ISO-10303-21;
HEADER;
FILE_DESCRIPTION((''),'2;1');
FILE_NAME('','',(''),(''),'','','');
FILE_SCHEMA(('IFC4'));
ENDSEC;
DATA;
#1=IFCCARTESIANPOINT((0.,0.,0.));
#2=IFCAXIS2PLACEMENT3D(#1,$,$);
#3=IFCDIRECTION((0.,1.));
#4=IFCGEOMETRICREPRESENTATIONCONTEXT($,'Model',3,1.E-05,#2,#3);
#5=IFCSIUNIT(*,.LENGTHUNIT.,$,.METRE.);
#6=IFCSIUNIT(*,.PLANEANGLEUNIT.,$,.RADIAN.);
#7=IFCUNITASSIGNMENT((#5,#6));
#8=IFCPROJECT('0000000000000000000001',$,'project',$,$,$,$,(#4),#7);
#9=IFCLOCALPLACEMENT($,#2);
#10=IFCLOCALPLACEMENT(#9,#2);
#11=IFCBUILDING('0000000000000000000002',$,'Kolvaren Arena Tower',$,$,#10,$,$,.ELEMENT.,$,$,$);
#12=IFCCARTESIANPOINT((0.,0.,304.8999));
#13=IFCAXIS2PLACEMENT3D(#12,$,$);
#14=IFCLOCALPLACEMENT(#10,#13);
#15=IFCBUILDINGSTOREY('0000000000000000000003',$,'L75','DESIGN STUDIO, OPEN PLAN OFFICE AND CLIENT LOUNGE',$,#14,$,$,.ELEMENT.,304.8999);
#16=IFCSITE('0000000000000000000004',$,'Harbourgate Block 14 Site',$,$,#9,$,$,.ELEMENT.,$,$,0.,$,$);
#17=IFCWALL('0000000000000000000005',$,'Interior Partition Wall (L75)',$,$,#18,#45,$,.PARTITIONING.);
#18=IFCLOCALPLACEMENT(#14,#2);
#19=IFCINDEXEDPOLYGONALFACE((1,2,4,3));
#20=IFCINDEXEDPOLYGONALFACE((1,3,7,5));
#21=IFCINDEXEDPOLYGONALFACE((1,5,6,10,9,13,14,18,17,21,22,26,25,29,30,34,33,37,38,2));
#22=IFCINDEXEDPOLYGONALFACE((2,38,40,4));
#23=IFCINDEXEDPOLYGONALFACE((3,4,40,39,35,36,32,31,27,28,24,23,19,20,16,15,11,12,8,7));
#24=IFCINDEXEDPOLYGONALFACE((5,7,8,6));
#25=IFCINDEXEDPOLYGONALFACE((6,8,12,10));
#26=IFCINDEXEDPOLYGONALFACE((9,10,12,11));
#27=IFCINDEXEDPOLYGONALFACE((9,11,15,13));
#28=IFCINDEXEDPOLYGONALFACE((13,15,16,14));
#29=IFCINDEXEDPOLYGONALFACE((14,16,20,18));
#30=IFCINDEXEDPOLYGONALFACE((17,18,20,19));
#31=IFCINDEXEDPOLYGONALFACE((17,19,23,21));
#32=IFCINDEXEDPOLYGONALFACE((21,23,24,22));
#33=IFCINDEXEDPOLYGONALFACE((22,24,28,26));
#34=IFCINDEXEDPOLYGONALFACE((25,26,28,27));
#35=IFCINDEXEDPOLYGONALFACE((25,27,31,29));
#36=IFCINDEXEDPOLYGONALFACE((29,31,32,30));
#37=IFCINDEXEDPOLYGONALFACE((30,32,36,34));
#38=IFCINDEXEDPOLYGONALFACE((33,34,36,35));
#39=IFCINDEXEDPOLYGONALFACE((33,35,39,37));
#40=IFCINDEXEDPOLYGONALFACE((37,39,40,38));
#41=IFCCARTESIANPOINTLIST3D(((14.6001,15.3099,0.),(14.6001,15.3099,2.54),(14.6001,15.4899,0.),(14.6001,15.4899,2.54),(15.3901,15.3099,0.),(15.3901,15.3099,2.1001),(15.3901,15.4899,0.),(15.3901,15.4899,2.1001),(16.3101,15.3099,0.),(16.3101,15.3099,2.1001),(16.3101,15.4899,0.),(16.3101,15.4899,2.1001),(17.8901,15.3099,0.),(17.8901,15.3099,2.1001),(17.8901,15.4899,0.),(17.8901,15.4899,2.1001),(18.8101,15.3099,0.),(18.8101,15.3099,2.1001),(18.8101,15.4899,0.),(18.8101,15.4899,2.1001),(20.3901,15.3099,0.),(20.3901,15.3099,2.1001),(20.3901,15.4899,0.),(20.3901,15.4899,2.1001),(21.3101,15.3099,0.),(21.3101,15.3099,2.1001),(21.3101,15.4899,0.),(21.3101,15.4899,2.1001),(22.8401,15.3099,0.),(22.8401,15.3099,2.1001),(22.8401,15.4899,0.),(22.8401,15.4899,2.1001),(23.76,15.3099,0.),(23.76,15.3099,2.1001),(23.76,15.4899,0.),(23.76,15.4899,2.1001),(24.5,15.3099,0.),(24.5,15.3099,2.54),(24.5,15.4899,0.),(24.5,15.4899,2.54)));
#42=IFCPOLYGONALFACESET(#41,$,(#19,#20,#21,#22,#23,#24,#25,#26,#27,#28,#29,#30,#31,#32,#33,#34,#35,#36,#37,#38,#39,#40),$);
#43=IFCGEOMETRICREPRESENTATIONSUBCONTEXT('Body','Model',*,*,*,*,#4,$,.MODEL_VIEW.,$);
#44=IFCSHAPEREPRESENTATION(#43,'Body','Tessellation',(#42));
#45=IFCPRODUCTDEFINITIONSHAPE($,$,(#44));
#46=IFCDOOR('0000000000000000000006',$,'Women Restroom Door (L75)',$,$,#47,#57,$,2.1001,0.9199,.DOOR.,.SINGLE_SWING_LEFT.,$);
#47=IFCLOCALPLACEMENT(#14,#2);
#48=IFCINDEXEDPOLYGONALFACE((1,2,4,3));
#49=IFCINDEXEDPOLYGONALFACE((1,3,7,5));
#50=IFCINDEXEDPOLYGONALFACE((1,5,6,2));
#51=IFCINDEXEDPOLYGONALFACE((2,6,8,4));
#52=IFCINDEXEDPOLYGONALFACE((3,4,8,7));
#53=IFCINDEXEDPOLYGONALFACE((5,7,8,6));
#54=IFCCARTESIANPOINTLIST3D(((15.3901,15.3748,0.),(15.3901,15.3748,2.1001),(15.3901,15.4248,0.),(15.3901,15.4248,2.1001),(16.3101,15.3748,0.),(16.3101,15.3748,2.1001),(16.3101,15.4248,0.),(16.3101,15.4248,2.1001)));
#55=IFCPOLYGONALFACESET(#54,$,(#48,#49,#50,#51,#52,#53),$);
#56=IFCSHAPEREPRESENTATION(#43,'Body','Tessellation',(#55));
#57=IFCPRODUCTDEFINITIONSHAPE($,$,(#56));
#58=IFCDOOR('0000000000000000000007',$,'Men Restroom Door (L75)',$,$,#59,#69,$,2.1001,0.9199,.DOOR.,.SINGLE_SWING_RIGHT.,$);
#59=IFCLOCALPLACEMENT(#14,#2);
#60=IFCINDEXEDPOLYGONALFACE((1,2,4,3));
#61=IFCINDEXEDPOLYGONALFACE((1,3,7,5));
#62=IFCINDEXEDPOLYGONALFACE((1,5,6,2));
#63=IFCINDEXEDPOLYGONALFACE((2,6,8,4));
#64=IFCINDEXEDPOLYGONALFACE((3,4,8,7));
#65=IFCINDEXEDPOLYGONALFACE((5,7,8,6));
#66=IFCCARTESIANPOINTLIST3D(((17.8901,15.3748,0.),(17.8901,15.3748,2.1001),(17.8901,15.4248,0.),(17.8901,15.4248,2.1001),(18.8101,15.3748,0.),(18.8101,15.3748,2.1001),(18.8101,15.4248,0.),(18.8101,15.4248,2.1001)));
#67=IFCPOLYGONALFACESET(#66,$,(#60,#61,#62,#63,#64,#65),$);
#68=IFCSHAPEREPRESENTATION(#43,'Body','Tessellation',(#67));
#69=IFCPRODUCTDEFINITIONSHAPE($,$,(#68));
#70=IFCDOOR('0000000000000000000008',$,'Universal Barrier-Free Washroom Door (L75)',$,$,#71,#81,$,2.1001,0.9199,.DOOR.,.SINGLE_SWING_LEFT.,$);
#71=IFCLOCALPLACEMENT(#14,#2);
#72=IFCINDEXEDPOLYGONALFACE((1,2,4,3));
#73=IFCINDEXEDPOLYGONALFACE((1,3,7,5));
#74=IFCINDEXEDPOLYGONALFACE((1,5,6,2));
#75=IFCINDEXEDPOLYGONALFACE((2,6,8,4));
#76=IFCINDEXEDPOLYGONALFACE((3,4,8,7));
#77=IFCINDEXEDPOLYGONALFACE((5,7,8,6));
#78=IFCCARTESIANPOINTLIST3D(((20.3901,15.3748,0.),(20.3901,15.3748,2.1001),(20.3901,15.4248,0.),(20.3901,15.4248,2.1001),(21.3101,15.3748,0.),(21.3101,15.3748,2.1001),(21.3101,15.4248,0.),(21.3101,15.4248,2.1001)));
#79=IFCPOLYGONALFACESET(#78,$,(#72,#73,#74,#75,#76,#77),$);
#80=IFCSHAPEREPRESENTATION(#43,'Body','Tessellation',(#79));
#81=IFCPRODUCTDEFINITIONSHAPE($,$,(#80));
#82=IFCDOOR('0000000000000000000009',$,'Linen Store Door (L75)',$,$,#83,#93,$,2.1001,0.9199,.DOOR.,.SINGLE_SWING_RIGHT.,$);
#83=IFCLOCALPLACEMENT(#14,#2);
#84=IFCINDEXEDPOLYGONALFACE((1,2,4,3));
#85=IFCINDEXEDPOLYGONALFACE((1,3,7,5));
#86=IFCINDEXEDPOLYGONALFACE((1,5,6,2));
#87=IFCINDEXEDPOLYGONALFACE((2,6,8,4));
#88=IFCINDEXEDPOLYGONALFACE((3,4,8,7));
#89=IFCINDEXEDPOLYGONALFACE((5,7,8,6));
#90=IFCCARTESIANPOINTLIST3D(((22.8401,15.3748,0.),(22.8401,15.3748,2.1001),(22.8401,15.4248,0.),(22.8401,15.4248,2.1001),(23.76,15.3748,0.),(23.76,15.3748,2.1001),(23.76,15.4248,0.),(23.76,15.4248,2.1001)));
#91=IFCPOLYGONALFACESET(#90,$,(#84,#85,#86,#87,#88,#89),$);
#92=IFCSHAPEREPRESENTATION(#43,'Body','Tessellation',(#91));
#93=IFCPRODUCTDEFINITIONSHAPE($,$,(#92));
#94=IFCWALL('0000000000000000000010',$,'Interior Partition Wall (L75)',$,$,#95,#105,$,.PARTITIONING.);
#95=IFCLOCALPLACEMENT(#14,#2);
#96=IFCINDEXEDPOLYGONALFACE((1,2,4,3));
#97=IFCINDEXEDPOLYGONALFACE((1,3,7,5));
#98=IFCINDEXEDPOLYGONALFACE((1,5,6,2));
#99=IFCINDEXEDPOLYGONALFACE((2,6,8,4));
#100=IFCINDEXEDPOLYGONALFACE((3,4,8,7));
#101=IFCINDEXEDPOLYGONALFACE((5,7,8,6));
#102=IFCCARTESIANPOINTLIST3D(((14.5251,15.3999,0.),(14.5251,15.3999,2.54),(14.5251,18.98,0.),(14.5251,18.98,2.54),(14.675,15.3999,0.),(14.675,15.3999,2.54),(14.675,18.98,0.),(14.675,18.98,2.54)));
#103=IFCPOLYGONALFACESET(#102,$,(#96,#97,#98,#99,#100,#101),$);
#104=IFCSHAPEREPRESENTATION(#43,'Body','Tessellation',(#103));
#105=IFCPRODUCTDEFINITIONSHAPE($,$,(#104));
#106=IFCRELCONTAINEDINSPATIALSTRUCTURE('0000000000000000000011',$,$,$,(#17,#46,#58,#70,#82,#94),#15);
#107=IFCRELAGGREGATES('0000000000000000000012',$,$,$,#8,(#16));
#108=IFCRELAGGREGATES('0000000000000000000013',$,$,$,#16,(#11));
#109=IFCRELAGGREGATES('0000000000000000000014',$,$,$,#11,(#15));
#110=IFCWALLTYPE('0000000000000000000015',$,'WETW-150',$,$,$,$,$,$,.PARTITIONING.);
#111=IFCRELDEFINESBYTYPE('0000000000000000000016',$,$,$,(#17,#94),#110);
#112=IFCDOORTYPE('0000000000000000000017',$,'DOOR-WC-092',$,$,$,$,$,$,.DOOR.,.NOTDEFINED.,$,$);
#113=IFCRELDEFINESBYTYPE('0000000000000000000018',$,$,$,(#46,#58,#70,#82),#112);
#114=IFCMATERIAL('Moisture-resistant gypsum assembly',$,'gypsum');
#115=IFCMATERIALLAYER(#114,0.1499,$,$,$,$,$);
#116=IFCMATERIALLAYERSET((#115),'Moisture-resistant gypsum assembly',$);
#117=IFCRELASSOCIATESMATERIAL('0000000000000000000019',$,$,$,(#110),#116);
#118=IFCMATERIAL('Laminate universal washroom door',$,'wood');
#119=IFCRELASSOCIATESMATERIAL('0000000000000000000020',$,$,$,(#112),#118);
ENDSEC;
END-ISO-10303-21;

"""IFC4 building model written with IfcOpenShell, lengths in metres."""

from ifc_helpers import new_model, si_unit, direction, frame, frame_2d, origin, place, context, subcontext, project, spatial, rectangle, extrude, material, layer, layer_set, type_object, element, fill, save


model = new_model("IFC4")

# Units and contexts
model_context = context("Model", 3, precision=1e-05, world=origin(), true_north=direction((0.0, 1.0)))
body_context = subcontext(model_context, "Body", "Model", "MODEL_VIEW")
ifc_project = project(units=[si_unit("LENGTHUNIT", "METRE"), si_unit("PLANEANGLEUNIT", "RADIAN")], contexts=[model_context])

# Site, building, storey
site_placement = place(None, origin())
site = spatial("IfcSite", under=ifc_project, at=site_placement, Name="Harbourgate Block 14 Site", CompositionType="ELEMENT", RefElevation=0.0)
building_placement = place(site_placement, origin())
building = spatial("IfcBuilding", under=site, at=building_placement, Name="Kolvaren Arena Tower", CompositionType="ELEMENT")
storey_placement = place(building_placement, frame((0.0, 0.0, 304.8999)))
storey = spatial("IfcBuildingStorey", under=building, at=storey_placement, Name="L75", Description="DESIGN STUDIO, OPEN PLAN OFFICE AND CLIENT LOUNGE", CompositionType="ELEMENT", Elevation=304.8999)

# Wall, openings, doors
ifc_material_1 = material(Name="Moisture-resistant gypsum assembly", Category="gypsum")
ifc_layer_1 = layer(ifc_material_1, 0.1499)
ifc_layer_set_1 = layer_set([ifc_layer_1], Name="Moisture-resistant gypsum assembly")
wall_type_1 = type_object("IfcWallType", Name="WETW-150", PredefinedType="PARTITIONING", material=ifc_layer_set_1)
wall_1_placement = place(storey_placement, frame((14.6001, 15.3999, 0.0), z_axis=(0.0, 0.0, 1.0), x_axis=(1.0, 0.0, 0.0)))
wall_1 = element("IfcWall", 1, at=wall_1_placement, inside=storey, type_object=wall_type_1, Name="Interior Partition Wall (L75)", PredefinedType="PARTITIONING", context=body_context, shape_type="SweptSolid", body=[
    extrude(rectangle(XDim=9.8999, YDim=0.1799, at=frame_2d((4.95, 0.0))), origin(), (0.0, 0.0, 1.0), 2.54),
])
opening_1_placement = place(wall_1_placement, frame((0.79, 0.0, 0.0)))
opening_1 = element("IfcOpeningElement", 2, at=opening_1_placement, cuts=wall_1, PredefinedType="OPENING", context=body_context, shape_type="SweptSolid", body=[
    extrude(rectangle(XDim=0.9199, YDim=2.1001, at=frame_2d((0.46, 1.05))), frame((0.0, 0.0999, 0.0), z_axis=(0.0, -1.0, 0.0), x_axis=(1.0, 0.0, 0.0)), (0.0, 0.0, 1.0), 0.2),
])
opening_2_placement = place(wall_1_placement, frame((3.29, 0.0, 0.0)))
opening_2 = element("IfcOpeningElement", 3, at=opening_2_placement, cuts=wall_1, PredefinedType="OPENING", context=body_context, shape_type="SweptSolid", body=[
    extrude(rectangle(XDim=0.9199, YDim=2.1001, at=frame_2d((0.46, 1.05))), frame((0.0, 0.0999, 0.0), z_axis=(0.0, -1.0, 0.0), x_axis=(1.0, 0.0, 0.0)), (0.0, 0.0, 1.0), 0.2),
])
opening_3_placement = place(wall_1_placement, frame((5.79, 0.0, 0.0)))
opening_3 = element("IfcOpeningElement", 4, at=opening_3_placement, cuts=wall_1, PredefinedType="OPENING", context=body_context, shape_type="SweptSolid", body=[
    extrude(rectangle(XDim=0.9199, YDim=2.1001, at=frame_2d((0.46, 1.05))), frame((0.0, 0.0999, 0.0), z_axis=(0.0, -1.0, 0.0), x_axis=(1.0, 0.0, 0.0)), (0.0, 0.0, 1.0), 0.2),
])
opening_4_placement = place(wall_1_placement, frame((8.24, 0.0, 0.0)))
opening_4 = element("IfcOpeningElement", 5, at=opening_4_placement, cuts=wall_1, PredefinedType="OPENING", context=body_context, shape_type="SweptSolid", body=[
    extrude(rectangle(XDim=0.9199, YDim=2.1001, at=frame_2d((0.46, 1.05))), frame((0.0, 0.0999, 0.0), z_axis=(0.0, -1.0, 0.0), x_axis=(1.0, 0.0, 0.0)), (0.0, 0.0, 1.0), 0.2),
])
ifc_material_2 = material(Name="Laminate universal washroom door", Category="wood")
door_type_1 = type_object("IfcDoorType", Name="DOOR-WC-092", OperationType="NOTDEFINED", PredefinedType="DOOR", material=ifc_material_2)
door_1_placement = place(opening_1_placement, origin())
door_1 = element("IfcDoor", 6, at=door_1_placement, inside=storey, type_object=door_type_1, Name="Women Restroom Door (L75)", OperationType="SINGLE_SWING_LEFT", OverallHeight=2.1001, OverallWidth=0.9199, PredefinedType="DOOR", context=body_context, shape_type="SweptSolid", body=[
    extrude(rectangle(XDim=0.9199, YDim=2.1001, at=frame_2d((0.46, 1.05))), frame((0.0, 0.0249, 0.0), z_axis=(0.0, -1.0, 0.0), x_axis=(1.0, 0.0, 0.0)), (0.0, 0.0, 1.0), 0.05),
])
fill(opening_1, door_1)
door_2_placement = place(opening_2_placement, origin())
door_2 = element("IfcDoor", 7, at=door_2_placement, inside=storey, type_object=door_type_1, Name="Men Restroom Door (L75)", OperationType="SINGLE_SWING_RIGHT", OverallHeight=2.1001, OverallWidth=0.9199, PredefinedType="DOOR", context=body_context, shape_type="SweptSolid", body=[
    extrude(rectangle(XDim=0.9199, YDim=2.1001, at=frame_2d((0.46, 1.05))), frame((0.0, 0.0249, 0.0), z_axis=(0.0, -1.0, 0.0), x_axis=(1.0, 0.0, 0.0)), (0.0, 0.0, 1.0), 0.05),
])
fill(opening_2, door_2)
door_3_placement = place(opening_3_placement, origin())
door_3 = element("IfcDoor", 8, at=door_3_placement, inside=storey, type_object=door_type_1, Name="Universal Barrier-Free Washroom Door (L75)", OperationType="SINGLE_SWING_LEFT", OverallHeight=2.1001, OverallWidth=0.9199, PredefinedType="DOOR", context=body_context, shape_type="SweptSolid", body=[
    extrude(rectangle(XDim=0.9199, YDim=2.1001, at=frame_2d((0.46, 1.05))), frame((0.0, 0.0249, 0.0), z_axis=(0.0, -1.0, 0.0), x_axis=(1.0, 0.0, 0.0)), (0.0, 0.0, 1.0), 0.05),
])
fill(opening_3, door_3)
door_4_placement = place(opening_4_placement, origin())
door_4 = element("IfcDoor", 9, at=door_4_placement, inside=storey, type_object=door_type_1, Name="Linen Store Door (L75)", OperationType="SINGLE_SWING_RIGHT", OverallHeight=2.1001, OverallWidth=0.9199, PredefinedType="DOOR", context=body_context, shape_type="SweptSolid", body=[
    extrude(rectangle(XDim=0.9199, YDim=2.1001, at=frame_2d((0.46, 1.05))), frame((0.0, 0.0249, 0.0), z_axis=(0.0, -1.0, 0.0), x_axis=(1.0, 0.0, 0.0)), (0.0, 0.0, 1.0), 0.05),
])
fill(opening_4, door_4)

# Wall
wall_2_placement = place(storey_placement, frame((14.6001, 15.3999, 0.0), z_axis=(0.0, 0.0, 1.0), x_axis=(0.0, 1.0, 0.0)))
element("IfcWall", 10, at=wall_2_placement, inside=storey, type_object=wall_type_1, Name="Interior Partition Wall (L75)", PredefinedType="PARTITIONING", context=body_context, shape_type="SweptSolid", body=[
    extrude(rectangle(XDim=3.5801, YDim=0.1499, at=frame_2d((1.79, 0.0))), origin(), (0.0, 0.0, 1.0), 2.54),
])

save(model, "model.ifc")
